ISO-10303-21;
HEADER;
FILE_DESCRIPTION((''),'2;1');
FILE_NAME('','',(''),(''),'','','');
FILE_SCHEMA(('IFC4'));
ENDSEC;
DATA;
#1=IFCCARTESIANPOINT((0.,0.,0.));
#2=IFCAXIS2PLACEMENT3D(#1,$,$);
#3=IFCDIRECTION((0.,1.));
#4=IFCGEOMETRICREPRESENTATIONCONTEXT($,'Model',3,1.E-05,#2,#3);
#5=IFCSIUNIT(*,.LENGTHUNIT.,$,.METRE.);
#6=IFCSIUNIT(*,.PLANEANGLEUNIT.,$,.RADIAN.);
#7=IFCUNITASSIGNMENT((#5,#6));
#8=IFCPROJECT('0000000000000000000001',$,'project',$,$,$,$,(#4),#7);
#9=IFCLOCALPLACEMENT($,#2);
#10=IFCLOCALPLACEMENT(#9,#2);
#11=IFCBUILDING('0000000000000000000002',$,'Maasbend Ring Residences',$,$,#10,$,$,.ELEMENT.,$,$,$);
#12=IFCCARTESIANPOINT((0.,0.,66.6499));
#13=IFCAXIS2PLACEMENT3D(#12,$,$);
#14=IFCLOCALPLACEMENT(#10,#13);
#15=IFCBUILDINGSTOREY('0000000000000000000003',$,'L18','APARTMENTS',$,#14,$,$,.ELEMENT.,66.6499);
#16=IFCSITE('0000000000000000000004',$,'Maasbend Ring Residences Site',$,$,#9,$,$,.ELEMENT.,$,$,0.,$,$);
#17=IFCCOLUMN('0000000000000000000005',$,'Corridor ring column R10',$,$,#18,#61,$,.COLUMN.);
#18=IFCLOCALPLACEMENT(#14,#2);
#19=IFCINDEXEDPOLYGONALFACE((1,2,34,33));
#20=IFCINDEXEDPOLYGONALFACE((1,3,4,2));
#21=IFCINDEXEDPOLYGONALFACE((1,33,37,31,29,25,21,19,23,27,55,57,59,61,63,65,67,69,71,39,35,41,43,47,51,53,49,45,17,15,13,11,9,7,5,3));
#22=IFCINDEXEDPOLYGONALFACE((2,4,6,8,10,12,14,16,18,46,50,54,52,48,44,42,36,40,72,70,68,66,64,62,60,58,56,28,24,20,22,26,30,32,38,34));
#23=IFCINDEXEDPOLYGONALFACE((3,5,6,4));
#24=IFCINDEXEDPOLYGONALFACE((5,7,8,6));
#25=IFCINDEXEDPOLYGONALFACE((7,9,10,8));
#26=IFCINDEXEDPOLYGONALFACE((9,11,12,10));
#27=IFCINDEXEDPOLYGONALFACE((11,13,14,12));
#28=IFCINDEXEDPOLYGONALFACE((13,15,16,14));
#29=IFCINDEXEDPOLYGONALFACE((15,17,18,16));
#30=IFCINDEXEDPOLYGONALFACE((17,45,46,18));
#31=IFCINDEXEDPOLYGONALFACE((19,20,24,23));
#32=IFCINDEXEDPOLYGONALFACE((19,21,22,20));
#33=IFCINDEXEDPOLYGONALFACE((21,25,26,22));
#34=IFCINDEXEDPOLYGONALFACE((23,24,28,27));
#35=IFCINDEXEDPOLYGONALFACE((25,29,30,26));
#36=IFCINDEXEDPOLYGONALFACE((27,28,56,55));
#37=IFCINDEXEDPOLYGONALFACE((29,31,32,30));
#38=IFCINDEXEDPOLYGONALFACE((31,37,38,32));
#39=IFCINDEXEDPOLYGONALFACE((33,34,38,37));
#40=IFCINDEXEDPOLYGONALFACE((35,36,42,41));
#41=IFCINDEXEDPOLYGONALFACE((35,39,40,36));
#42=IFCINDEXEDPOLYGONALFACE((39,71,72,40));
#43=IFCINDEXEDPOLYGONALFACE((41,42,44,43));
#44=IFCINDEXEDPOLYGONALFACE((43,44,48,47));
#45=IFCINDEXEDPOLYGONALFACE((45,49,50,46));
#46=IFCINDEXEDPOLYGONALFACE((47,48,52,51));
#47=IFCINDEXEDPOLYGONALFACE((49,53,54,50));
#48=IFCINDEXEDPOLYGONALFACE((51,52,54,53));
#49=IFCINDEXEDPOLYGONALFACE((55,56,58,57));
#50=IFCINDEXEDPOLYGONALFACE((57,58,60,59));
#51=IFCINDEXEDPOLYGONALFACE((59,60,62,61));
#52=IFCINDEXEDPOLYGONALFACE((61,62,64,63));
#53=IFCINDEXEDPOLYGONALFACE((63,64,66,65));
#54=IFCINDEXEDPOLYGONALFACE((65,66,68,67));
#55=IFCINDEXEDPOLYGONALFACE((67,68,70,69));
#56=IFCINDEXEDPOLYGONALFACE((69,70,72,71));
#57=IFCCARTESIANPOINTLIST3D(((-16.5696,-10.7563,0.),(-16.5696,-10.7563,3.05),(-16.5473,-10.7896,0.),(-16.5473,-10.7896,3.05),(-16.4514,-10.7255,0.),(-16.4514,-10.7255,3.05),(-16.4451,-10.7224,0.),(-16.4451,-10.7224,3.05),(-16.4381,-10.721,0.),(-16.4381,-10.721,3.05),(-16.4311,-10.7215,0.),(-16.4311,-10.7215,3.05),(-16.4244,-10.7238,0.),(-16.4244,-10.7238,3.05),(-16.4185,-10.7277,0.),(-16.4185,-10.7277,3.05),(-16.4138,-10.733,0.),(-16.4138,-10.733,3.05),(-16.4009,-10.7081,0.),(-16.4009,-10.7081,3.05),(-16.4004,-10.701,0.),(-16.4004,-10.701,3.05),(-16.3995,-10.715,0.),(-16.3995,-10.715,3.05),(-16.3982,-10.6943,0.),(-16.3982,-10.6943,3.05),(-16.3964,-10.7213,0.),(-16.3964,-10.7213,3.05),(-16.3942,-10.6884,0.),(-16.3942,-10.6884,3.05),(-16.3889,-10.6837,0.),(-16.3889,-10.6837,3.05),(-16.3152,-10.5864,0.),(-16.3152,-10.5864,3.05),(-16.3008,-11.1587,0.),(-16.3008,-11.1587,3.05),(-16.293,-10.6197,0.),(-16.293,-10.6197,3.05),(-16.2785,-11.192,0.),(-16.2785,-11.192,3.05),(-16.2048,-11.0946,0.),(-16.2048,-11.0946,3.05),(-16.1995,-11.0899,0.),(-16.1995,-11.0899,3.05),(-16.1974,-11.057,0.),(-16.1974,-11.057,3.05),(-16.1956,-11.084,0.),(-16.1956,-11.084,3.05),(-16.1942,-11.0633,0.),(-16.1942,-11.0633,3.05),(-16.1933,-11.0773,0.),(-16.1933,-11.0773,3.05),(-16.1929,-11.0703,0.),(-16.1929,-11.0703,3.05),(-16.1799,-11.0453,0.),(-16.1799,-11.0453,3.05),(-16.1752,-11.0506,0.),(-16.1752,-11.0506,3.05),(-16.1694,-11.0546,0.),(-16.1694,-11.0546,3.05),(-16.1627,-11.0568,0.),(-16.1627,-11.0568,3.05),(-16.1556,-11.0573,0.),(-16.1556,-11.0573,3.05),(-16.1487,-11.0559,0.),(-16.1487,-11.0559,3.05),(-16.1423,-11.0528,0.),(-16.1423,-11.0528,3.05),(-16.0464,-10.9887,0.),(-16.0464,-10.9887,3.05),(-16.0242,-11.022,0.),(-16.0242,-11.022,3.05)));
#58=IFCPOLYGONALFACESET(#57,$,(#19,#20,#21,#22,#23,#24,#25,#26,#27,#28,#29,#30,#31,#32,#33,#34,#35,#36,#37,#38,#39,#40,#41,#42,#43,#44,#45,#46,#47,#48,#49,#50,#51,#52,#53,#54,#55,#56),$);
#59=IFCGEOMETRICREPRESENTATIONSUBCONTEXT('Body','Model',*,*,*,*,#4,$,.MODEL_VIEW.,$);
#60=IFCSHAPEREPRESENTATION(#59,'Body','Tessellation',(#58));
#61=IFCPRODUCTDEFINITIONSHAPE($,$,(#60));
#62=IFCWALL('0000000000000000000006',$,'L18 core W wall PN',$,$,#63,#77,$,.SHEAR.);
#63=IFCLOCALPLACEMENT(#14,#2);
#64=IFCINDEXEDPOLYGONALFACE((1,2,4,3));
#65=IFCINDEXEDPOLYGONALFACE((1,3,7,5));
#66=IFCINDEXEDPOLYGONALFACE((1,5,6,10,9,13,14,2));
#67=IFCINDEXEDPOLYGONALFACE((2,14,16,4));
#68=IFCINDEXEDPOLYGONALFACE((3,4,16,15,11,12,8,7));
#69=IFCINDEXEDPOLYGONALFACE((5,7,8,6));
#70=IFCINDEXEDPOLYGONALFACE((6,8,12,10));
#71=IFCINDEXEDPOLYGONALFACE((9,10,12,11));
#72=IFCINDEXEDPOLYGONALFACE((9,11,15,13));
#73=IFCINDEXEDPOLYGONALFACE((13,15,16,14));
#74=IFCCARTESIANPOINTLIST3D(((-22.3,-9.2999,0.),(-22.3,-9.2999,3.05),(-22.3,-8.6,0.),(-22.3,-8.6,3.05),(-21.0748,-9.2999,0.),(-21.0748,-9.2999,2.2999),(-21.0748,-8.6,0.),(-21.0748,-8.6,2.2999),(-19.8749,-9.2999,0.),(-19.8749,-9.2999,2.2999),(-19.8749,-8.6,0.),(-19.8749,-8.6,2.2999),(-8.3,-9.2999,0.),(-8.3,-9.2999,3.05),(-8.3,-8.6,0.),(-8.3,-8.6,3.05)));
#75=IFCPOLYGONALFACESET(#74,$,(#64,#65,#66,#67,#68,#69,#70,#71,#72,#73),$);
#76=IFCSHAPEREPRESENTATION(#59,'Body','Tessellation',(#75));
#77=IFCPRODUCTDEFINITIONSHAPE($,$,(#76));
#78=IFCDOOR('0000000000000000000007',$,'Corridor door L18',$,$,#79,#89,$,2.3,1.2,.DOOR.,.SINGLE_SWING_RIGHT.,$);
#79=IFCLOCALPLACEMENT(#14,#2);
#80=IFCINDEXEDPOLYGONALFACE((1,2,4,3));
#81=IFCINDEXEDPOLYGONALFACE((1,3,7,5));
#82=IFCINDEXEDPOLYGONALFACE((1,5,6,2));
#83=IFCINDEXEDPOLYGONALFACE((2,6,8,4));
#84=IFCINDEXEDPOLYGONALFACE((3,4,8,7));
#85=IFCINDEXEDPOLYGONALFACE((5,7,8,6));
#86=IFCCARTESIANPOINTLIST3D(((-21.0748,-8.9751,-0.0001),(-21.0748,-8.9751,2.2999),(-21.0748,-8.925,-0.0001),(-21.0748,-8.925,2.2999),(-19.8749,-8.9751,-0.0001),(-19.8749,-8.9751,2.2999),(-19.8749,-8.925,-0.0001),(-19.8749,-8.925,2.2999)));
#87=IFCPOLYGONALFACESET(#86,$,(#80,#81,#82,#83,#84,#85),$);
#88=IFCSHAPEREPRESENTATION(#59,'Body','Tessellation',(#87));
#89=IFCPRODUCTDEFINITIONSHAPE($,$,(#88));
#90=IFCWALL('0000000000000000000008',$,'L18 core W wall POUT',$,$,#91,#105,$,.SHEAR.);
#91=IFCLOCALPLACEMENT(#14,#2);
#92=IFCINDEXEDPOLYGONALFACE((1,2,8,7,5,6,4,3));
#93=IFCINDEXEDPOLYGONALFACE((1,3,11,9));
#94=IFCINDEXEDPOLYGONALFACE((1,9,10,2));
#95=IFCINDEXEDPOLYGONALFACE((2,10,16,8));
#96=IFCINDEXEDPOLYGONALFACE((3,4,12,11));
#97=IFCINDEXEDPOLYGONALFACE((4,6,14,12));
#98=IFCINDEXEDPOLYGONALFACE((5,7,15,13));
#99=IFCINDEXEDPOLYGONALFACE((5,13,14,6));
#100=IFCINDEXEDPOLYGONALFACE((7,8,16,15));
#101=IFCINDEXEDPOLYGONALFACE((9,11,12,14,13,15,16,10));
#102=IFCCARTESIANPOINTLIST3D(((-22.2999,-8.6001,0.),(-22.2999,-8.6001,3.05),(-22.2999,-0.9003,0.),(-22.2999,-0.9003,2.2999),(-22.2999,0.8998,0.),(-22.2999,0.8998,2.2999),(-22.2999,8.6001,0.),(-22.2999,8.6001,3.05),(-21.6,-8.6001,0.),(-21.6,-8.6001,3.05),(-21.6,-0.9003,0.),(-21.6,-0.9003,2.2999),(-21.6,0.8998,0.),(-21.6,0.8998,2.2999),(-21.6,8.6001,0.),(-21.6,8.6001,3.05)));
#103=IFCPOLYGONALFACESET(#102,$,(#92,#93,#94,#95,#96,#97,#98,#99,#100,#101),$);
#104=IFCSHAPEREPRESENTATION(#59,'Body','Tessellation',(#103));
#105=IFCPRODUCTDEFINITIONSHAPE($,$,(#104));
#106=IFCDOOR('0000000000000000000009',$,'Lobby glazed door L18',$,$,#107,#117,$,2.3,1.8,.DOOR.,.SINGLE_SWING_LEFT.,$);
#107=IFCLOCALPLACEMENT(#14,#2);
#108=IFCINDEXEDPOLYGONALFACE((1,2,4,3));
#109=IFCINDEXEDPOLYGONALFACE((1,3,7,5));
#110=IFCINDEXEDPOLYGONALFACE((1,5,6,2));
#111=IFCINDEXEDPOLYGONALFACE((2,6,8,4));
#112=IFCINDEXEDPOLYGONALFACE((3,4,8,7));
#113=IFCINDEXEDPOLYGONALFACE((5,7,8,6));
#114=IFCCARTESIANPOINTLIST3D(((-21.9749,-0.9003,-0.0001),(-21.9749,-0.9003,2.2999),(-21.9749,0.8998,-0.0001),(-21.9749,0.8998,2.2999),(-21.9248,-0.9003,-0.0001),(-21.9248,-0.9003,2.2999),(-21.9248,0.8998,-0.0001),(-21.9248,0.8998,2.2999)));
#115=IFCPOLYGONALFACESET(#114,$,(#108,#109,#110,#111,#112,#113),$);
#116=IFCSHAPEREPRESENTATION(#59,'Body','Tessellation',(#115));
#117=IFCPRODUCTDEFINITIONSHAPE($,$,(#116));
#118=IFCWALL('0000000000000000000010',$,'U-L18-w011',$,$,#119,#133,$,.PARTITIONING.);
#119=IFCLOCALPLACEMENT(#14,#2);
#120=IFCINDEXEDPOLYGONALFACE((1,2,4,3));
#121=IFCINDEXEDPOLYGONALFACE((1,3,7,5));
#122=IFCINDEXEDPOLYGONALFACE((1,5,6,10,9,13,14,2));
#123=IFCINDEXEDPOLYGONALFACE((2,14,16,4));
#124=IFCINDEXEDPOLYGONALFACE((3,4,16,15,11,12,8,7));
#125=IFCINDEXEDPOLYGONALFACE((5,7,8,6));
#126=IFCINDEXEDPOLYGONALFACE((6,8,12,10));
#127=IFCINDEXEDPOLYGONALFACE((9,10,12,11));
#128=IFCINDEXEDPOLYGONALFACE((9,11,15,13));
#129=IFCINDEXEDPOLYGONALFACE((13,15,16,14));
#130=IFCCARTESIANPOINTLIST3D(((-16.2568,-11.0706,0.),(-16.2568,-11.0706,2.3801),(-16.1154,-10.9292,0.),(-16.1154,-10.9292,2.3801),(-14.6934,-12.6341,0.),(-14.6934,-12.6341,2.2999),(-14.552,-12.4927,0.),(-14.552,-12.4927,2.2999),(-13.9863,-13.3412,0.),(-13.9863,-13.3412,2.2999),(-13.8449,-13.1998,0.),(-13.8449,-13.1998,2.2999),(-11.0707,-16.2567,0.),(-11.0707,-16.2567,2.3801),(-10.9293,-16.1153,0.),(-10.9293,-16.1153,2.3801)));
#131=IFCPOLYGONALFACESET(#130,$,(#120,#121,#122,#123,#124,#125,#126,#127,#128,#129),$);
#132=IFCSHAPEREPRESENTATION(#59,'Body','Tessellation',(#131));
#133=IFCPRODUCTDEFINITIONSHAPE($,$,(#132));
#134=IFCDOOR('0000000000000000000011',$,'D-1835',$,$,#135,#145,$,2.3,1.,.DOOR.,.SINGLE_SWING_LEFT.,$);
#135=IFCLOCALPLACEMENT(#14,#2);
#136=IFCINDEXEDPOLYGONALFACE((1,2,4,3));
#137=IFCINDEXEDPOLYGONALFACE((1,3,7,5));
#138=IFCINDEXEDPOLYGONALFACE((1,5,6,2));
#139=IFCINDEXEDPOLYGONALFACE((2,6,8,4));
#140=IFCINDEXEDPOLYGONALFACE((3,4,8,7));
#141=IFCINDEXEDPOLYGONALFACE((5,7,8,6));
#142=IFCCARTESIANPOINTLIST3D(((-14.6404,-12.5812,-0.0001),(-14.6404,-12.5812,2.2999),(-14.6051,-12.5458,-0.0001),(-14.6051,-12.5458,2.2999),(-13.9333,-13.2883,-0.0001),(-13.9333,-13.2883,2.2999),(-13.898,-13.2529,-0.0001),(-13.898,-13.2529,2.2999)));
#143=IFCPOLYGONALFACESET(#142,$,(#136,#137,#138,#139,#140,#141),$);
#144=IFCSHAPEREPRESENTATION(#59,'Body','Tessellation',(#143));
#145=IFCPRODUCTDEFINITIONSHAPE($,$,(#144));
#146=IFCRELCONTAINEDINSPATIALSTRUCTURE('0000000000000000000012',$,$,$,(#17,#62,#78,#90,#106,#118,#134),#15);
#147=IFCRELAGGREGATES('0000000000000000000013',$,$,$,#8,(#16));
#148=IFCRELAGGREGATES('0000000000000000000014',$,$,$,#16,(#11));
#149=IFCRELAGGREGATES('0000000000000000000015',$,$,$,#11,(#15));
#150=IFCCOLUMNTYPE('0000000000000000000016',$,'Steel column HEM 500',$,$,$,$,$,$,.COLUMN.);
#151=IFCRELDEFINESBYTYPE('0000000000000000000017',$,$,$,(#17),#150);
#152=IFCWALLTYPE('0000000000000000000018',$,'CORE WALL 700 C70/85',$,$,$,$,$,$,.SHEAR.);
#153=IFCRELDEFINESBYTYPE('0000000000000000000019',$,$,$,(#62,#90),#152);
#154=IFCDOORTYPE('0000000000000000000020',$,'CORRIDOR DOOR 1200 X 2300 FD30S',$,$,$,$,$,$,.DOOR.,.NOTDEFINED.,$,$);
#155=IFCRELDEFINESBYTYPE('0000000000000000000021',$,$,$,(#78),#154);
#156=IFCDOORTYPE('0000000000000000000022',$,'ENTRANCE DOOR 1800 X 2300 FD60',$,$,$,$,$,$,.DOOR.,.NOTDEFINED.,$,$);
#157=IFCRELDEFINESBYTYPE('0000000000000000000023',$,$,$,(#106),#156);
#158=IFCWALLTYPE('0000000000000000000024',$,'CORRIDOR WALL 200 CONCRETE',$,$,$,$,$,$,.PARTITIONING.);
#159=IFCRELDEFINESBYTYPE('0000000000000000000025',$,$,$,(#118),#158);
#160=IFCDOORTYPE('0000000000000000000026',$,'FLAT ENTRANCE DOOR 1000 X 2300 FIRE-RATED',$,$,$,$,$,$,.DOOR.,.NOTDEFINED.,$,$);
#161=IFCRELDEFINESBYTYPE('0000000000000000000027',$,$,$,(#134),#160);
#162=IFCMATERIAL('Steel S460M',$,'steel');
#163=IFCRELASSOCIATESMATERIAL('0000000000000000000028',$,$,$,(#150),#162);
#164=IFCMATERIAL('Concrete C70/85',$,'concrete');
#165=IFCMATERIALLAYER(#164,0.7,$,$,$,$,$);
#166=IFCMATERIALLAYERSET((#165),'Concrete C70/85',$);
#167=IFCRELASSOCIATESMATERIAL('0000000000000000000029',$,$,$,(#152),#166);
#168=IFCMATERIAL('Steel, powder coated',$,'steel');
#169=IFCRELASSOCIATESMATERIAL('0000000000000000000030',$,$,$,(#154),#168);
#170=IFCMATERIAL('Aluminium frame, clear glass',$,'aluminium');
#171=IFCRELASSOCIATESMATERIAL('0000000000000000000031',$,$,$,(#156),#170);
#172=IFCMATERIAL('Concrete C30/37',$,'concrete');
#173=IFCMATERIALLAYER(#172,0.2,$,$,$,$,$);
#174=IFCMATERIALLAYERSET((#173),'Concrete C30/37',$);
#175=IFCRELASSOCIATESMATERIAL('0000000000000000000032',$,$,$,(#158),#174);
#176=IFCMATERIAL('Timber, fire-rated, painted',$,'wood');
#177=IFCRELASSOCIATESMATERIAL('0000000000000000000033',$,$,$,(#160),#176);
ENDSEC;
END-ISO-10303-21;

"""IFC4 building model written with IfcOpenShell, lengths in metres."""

from ifc_helpers import new_model, si_unit, direction, frame, frame_2d, origin, origin_2d, place, context, subcontext, project, spatial, rectangle, i_section, extrude, material, layer, layer_set, material_profile, profile_set, type_object, element, fill, save


model = new_model("IFC4")

# Units and contexts
model_context = context("Model", 3, precision=1e-05, world=origin(), true_north=direction((0.0, 1.0)))
body_context = subcontext(model_context, "Body", "Model", "MODEL_VIEW")
ifc_project = project(units=[si_unit("LENGTHUNIT", "METRE"), si_unit("PLANEANGLEUNIT", "RADIAN")], contexts=[model_context])

# Site, building, storey
site_placement = place(None, origin())
site = spatial("IfcSite", under=ifc_project, at=site_placement, Name="Maasbend Ring Residences Site", CompositionType="ELEMENT", RefElevation=0.0)
building_placement = place(site_placement, origin())
building = spatial("IfcBuilding", under=site, at=building_placement, Name="Maasbend Ring Residences", CompositionType="ELEMENT")
storey_placement = place(building_placement, frame((0.0, 0.0, 66.6499)))
storey = spatial("IfcBuildingStorey", under=building, at=storey_placement, Name="L18", Description="APARTMENTS", CompositionType="ELEMENT", Elevation=66.6499)

# Column
ifc_material_1 = material(Name="Steel S460M", Category="steel")
ifc_material_profile = material_profile(ifc_material_1, i_section(OverallWidth=0.3059, OverallDepth=0.5239, WebThickness=0.021, FlangeThickness=0.04, FilletRadius=0.0271, at=origin_2d()), Name="HEM 500")
ifc_profile_set = profile_set([ifc_material_profile], Name="Steel S460M")
column_type = type_object("IfcColumnType", Name="Steel column HEM 500", PredefinedType="COLUMN", material=ifc_profile_set)
column_placement = place(storey_placement, frame((-16.2969, -10.8892, 0.0), z_axis=(0.0, 0.0, 1.0), x_axis=(-0.83147, -0.55557, 0.0)))
element("IfcColumn", 1, at=column_placement, inside=storey, type_object=column_type, Name="Corridor ring column R10", PredefinedType="COLUMN", context=body_context, shape_type="SweptSolid", body=[
    extrude(i_section(OverallWidth=0.3059, OverallDepth=0.5239, WebThickness=0.021, FlangeThickness=0.04, FilletRadius=0.0271, at=origin_2d()), origin(), (0.0, 0.0, 1.0), 3.05),
])

# Walls, openings, doors
ifc_material_2 = material(Name="Concrete C70/85", Category="concrete")
ifc_layer_1 = layer(ifc_material_2, 0.7)
ifc_layer_set_1 = layer_set([ifc_layer_1], Name="Concrete C70/85")
wall_type_1 = type_object("IfcWallType", Name="CORE WALL 700 C70/85", PredefinedType="SHEAR", material=ifc_layer_set_1)
wall_1_placement = place(storey_placement, frame((-22.3, -8.95, 0.0), z_axis=(0.0, 0.0, 1.0), x_axis=(1.0, 0.0, 0.0)))
wall_1 = element("IfcWall", 2, at=wall_1_placement, inside=storey, type_object=wall_type_1, Name="L18 core W wall PN", PredefinedType="SHEAR", context=body_context, shape_type="SweptSolid", body=[
    extrude(rectangle(XDim=14.0, YDim=0.7, at=frame_2d((7.0, 0.0))), origin(), (0.0, 0.0, 1.0), 3.05),
])
opening_1_placement = place(wall_1_placement, frame((1.2251, 0.0, 0.0)))
opening_1 = element("IfcOpeningElement", 3, at=opening_1_placement, cuts=wall_1, PredefinedType="OPENING", context=body_context, shape_type="SweptSolid", body=[
    extrude(rectangle(XDim=1.2, YDim=2.3, at=frame_2d((0.6001, 1.1499))), frame((0.0, 0.3599, 0.0), z_axis=(0.0, -1.0, 0.0), x_axis=(1.0, 0.0, 0.0)), (0.0, 0.0, 1.0), 0.72),
])
ifc_material_3 = material(Name="Steel, powder coated", Category="steel")
door_type_1 = type_object("IfcDoorType", Name="CORRIDOR DOOR 1200 X 2300 FD30S", OperationType="NOTDEFINED", PredefinedType="DOOR", material=ifc_material_3)
door_1_placement = place(opening_1_placement, origin())
door_1 = element("IfcDoor", 4, at=door_1_placement, inside=storey, type_object=door_type_1, Name="Corridor door L18", OperationType="SINGLE_SWING_RIGHT", OverallHeight=2.3, OverallWidth=1.2, PredefinedType="DOOR", context=body_context, shape_type="SweptSolid", body=[
    extrude(rectangle(XDim=1.2, YDim=2.3, at=frame_2d((0.6001, 1.1499))), frame((0.0, 0.0249, 0.0), z_axis=(0.0, -1.0, 0.0), x_axis=(1.0, 0.0, 0.0)), (0.0, 0.0, 1.0), 0.05),
])
fill(opening_1, door_1)
wall_2_placement = place(storey_placement, frame((-21.95, -8.6001, 0.0), z_axis=(0.0, 0.0, 1.0), x_axis=(0.0, 1.0, 0.0)))
wall_2 = element("IfcWall", 5, at=wall_2_placement, inside=storey, type_object=wall_type_1, Name="L18 core W wall POUT", PredefinedType="SHEAR", context=body_context, shape_type="SweptSolid", body=[
    extrude(rectangle(XDim=17.2002, YDim=0.7, at=frame_2d((8.6001, 0.0))), origin(), (0.0, 0.0, 1.0), 3.05),
])
opening_2_placement = place(wall_2_placement, frame((7.7, 0.0, 0.0)))
opening_2 = element("IfcOpeningElement", 6, at=opening_2_placement, cuts=wall_2, PredefinedType="OPENING", context=body_context, shape_type="SweptSolid", body=[
    extrude(rectangle(XDim=1.8, YDim=2.3, at=frame_2d((0.8999, 1.1499))), frame((0.0, 0.3599, 0.0), z_axis=(0.0, -1.0, 0.0), x_axis=(1.0, 0.0, 0.0)), (0.0, 0.0, 1.0), 0.72),
])
ifc_material_4 = material(Name="Aluminium frame, clear glass", Category="aluminium")
door_type_2 = type_object("IfcDoorType", Name="ENTRANCE DOOR 1800 X 2300 FD60", OperationType="NOTDEFINED", PredefinedType="DOOR", material=ifc_material_4)
door_2_placement = place(opening_2_placement, origin())
door_2 = element("IfcDoor", 7, at=door_2_placement, inside=storey, type_object=door_type_2, Name="Lobby glazed door L18", OperationType="SINGLE_SWING_LEFT", OverallHeight=2.3, OverallWidth=1.8, PredefinedType="DOOR", context=body_context, shape_type="SweptSolid", body=[
    extrude(rectangle(XDim=1.8, YDim=2.3, at=frame_2d((0.8999, 1.1499))), frame((0.0, 0.0249, 0.0), z_axis=(0.0, -1.0, 0.0), x_axis=(1.0, 0.0, 0.0)), (0.0, 0.0, 1.0), 0.05),
])
fill(opening_2, door_2)
ifc_material_5 = material(Name="Concrete C30/37", Category="concrete")
ifc_layer_2 = layer(ifc_material_5, 0.2)
ifc_layer_set_2 = layer_set([ifc_layer_2], Name="Concrete C30/37")
wall_type_2 = type_object("IfcWallType", Name="CORRIDOR WALL 200 CONCRETE", PredefinedType="PARTITIONING", material=ifc_layer_set_2)
wall_3_placement = place(storey_placement, frame((-16.186, -11.0, 0.0), z_axis=(0.0, 0.0, 1.0), x_axis=(0.707107, -0.707107, 0.0)))
wall_3 = element("IfcWall", 8, at=wall_3_placement, inside=storey, type_object=wall_type_2, Name="U-L18-w011", PredefinedType="PARTITIONING", context=body_context, shape_type="SweptSolid", body=[
    extrude(rectangle(XDim=7.3342, YDim=0.2, at=frame_2d((3.667, 0.0))), origin(), (0.0, 0.0, 1.0), 2.3801),
])
opening_3_placement = place(wall_3_placement, frame((2.2109, 0.0, 0.0)))
opening_3 = element("IfcOpeningElement", 9, at=opening_3_placement, cuts=wall_3, PredefinedType="OPENING", context=body_context, shape_type="SweptSolid", body=[
    extrude(rectangle(XDim=1.0, YDim=2.3, at=frame_2d((0.5, 1.1499))), frame((0.0, 0.1099, 0.0), z_axis=(0.0, -1.0, 0.0), x_axis=(1.0, 0.0, 0.0)), (0.0, 0.0, 1.0), 0.22),
])
ifc_material_6 = material(Name="Timber, fire-rated, painted", Category="wood")
door_type_3 = type_object("IfcDoorType", Name="FLAT ENTRANCE DOOR 1000 X 2300 FIRE-RATED", OperationType="NOTDEFINED", PredefinedType="DOOR", material=ifc_material_6)
door_3_placement = place(opening_3_placement, origin())
door_3 = element("IfcDoor", 10, at=door_3_placement, inside=storey, type_object=door_type_3, Name="D-1835", OperationType="SINGLE_SWING_LEFT", OverallHeight=2.3, OverallWidth=1.0, PredefinedType="DOOR", context=body_context, shape_type="SweptSolid", body=[
    extrude(rectangle(XDim=1.0, YDim=2.3, at=frame_2d((0.5, 1.1499))), frame((0.0, 0.0249, 0.0), z_axis=(0.0, -1.0, 0.0), x_axis=(1.0, 0.0, 0.0)), (0.0, 0.0, 1.0), 0.05),
])
fill(opening_3, door_3)

save(model, "model.ifc")
